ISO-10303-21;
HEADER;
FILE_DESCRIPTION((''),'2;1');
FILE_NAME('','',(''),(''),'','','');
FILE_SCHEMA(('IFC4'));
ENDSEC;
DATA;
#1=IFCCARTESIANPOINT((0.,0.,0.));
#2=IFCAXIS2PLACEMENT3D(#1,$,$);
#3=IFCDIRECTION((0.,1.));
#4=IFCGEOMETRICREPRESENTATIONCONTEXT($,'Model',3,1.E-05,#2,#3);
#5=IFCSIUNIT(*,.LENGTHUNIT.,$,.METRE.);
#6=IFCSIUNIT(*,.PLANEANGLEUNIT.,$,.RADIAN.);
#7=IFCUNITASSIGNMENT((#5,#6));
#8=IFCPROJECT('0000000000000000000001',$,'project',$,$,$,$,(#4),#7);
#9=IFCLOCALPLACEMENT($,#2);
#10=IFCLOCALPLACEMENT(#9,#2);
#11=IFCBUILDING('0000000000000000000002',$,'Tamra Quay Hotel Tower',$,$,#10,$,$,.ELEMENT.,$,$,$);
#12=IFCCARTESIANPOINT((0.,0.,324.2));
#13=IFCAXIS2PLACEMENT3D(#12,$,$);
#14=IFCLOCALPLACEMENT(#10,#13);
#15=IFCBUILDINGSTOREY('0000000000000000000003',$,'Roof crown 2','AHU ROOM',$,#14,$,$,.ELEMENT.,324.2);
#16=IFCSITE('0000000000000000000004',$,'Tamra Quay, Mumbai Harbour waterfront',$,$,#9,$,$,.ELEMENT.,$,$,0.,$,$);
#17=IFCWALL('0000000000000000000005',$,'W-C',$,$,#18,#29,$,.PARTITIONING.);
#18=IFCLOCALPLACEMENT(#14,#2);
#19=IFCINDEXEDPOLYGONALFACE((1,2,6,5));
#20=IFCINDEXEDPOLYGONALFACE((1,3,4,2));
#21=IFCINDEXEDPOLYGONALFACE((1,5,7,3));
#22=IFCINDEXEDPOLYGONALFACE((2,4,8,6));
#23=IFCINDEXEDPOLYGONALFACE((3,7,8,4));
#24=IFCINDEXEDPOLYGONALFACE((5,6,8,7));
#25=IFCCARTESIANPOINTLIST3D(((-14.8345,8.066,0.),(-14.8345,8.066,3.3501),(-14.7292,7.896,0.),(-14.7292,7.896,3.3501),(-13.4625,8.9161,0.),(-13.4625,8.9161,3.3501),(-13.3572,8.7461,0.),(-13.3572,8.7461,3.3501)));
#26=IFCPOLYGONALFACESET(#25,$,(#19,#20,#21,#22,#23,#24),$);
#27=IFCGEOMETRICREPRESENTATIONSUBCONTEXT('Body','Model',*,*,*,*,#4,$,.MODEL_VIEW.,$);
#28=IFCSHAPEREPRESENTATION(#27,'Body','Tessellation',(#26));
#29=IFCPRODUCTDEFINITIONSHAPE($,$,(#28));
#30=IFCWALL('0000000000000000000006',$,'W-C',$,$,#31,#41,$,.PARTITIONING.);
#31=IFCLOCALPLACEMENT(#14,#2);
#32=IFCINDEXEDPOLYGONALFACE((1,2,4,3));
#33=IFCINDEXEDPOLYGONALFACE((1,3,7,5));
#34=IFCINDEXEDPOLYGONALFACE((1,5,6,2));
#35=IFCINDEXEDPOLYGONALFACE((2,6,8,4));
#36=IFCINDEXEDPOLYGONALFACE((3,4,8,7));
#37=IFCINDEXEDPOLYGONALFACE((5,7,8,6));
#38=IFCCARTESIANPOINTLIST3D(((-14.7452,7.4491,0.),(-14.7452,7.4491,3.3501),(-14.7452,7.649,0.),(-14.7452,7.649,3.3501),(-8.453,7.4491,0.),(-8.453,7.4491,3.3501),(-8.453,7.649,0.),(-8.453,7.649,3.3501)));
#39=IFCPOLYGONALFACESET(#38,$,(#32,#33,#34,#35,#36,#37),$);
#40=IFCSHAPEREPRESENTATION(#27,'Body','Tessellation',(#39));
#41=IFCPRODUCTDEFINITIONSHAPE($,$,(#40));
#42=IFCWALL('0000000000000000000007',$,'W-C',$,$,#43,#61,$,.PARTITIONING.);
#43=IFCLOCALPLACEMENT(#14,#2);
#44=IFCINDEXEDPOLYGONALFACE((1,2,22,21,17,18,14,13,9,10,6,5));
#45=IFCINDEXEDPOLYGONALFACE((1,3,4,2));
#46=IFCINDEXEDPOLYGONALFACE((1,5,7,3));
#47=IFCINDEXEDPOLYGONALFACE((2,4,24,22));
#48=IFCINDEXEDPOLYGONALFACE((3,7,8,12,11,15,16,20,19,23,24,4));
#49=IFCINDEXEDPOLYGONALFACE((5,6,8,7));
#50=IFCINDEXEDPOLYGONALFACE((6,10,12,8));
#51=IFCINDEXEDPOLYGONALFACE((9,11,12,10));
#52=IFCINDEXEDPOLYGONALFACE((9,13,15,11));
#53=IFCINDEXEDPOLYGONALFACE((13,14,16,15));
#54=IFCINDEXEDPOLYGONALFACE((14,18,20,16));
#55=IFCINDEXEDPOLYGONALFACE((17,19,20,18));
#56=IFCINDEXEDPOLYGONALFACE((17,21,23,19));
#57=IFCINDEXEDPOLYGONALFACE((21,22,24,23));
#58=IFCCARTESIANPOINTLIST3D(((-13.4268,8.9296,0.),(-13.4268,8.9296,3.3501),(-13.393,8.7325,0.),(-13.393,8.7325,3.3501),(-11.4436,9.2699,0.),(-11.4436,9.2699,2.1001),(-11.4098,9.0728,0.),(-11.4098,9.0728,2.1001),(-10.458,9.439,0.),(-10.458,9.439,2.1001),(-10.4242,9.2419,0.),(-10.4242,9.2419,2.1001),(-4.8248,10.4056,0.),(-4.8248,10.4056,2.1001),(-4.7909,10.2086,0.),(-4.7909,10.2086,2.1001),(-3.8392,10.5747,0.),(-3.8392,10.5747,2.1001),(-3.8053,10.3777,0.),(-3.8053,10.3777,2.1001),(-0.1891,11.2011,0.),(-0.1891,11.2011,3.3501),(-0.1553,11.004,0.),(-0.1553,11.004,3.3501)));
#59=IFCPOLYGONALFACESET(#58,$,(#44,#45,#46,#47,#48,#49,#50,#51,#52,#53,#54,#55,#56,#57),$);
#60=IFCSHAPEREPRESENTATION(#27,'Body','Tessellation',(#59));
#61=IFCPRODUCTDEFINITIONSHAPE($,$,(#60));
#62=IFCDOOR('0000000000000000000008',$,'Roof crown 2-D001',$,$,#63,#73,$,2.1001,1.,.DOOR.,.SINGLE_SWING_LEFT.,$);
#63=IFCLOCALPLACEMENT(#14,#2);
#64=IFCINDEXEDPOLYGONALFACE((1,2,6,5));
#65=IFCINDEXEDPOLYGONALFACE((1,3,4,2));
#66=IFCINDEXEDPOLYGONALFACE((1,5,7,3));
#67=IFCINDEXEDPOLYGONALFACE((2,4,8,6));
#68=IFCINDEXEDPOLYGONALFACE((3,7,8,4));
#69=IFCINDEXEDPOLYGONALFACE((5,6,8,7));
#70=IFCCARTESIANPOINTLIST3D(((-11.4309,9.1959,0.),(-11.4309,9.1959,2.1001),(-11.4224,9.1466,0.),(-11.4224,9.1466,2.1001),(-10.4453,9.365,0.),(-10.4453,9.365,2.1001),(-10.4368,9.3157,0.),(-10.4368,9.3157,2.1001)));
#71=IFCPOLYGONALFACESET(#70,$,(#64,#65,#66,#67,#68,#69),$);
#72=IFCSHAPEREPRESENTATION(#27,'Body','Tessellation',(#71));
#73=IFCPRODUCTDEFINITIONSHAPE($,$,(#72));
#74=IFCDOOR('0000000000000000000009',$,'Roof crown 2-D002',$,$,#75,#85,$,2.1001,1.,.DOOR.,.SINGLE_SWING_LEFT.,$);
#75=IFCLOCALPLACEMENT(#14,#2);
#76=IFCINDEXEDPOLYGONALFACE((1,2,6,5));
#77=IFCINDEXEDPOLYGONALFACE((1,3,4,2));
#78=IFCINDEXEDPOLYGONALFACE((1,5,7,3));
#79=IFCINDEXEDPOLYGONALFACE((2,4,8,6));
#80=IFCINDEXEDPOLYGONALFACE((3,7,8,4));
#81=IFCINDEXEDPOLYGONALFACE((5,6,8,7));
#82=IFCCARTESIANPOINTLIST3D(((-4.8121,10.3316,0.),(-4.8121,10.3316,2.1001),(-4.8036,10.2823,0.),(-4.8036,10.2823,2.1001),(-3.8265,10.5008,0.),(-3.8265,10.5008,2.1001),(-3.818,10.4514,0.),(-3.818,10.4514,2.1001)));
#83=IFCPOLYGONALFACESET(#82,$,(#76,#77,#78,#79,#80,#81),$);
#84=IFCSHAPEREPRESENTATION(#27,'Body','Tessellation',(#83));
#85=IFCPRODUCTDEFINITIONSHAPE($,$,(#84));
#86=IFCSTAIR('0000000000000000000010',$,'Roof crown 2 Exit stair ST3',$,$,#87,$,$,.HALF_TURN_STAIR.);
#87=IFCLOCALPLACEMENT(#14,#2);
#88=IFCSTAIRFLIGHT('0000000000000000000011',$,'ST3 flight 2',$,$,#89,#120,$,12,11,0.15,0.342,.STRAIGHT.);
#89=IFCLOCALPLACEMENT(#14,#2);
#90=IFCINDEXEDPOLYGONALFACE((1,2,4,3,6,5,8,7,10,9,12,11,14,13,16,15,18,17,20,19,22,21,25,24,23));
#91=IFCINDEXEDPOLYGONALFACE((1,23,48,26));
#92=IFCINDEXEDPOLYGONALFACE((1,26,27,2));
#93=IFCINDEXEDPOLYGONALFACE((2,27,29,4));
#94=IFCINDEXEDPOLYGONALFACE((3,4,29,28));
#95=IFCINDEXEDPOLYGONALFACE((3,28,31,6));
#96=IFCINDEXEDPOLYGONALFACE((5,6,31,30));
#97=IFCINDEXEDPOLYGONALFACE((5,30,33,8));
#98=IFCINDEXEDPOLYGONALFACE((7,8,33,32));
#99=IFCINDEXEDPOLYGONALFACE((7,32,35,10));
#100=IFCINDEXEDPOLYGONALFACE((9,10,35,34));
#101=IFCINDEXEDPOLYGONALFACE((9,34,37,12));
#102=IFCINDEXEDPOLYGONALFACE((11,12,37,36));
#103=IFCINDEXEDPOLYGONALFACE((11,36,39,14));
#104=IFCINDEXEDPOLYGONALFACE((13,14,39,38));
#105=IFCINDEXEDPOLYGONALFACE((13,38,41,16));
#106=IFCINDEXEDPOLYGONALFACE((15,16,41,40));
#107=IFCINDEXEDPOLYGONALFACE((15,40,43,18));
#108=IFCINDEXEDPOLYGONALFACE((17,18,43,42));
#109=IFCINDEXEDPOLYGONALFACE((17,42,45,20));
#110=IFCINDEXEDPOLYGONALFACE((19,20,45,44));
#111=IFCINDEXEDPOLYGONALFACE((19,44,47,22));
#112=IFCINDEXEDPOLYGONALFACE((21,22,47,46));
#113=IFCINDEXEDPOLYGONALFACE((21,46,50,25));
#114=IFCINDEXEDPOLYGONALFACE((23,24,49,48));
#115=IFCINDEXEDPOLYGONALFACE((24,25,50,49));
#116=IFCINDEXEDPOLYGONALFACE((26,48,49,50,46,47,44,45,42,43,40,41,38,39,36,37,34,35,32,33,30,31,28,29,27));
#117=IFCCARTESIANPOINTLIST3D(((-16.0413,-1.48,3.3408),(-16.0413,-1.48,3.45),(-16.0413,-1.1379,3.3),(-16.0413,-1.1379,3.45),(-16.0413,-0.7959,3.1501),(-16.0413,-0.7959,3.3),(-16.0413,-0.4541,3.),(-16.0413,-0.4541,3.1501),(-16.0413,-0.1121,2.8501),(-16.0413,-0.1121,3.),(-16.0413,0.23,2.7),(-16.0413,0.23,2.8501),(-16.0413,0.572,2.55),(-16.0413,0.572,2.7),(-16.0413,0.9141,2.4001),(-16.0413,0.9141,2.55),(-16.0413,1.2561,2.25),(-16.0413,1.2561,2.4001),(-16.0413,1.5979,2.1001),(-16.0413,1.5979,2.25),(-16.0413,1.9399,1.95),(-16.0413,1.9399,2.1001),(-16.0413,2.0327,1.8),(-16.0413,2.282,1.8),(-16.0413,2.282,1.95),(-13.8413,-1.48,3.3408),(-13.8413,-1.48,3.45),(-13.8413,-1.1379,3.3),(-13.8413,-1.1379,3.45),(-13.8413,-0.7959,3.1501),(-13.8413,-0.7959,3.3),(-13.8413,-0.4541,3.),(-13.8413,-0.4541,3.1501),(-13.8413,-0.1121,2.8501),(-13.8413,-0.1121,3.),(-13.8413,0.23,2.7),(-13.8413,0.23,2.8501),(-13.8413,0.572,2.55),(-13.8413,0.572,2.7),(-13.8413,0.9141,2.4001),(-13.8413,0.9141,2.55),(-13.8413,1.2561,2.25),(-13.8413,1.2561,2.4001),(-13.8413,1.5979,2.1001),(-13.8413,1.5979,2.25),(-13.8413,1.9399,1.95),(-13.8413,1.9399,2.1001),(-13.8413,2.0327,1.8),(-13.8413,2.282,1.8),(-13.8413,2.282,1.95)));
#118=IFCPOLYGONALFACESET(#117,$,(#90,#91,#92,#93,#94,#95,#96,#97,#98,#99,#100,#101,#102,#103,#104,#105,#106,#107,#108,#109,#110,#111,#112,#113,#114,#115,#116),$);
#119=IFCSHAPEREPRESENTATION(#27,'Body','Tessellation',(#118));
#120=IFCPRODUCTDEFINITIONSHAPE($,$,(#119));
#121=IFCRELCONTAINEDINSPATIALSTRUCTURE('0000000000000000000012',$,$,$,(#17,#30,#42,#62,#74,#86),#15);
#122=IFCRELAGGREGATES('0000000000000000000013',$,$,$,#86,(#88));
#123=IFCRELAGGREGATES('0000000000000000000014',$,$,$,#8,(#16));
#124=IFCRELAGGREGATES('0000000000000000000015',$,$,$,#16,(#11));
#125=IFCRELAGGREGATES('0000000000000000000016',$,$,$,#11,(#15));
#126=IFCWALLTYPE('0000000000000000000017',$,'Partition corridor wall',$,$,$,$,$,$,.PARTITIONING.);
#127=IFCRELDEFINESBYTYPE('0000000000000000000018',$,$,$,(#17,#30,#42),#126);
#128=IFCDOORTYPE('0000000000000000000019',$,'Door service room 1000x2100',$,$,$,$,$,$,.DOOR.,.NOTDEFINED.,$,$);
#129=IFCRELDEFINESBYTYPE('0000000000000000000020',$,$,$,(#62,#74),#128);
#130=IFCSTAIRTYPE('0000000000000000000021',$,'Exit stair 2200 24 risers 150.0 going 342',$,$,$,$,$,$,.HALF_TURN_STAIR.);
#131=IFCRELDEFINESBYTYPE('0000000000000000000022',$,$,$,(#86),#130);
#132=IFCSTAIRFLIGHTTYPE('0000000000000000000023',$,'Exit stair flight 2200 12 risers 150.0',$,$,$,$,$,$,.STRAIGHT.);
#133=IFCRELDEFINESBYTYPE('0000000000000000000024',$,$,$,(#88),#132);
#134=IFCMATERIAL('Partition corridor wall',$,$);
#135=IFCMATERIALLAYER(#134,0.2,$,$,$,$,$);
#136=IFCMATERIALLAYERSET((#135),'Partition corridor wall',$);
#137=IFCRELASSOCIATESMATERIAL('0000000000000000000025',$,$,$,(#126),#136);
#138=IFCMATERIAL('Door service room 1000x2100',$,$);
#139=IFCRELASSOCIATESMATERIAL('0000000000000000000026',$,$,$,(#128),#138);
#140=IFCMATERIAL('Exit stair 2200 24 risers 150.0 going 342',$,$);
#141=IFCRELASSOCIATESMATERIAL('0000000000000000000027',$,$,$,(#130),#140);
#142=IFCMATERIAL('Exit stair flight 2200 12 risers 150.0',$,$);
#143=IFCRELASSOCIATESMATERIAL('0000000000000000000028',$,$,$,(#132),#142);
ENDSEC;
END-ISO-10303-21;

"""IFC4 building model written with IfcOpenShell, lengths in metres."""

from ifc_helpers import new_model, si_unit, direction, frame, frame_2d, origin, place, context, subcontext, project, spatial, polyline, rectangle, outline, extrude, material, layer, layer_set, type_object, element, fill, aggregate, save


model = new_model("IFC4")

# Units and contexts
model_context = context("Model", 3, precision=1e-05, world=origin(), true_north=direction((0.0, 1.0)))
body_context = subcontext(model_context, "Body", "Model", "MODEL_VIEW")
ifc_project = project(units=[si_unit("LENGTHUNIT", "METRE"), si_unit("PLANEANGLEUNIT", "RADIAN")], contexts=[model_context])

# Site, building, storey
site_placement = place(None, origin())
site = spatial("IfcSite", under=ifc_project, at=site_placement, Name="Tamra Quay, Mumbai Harbour waterfront", CompositionType="ELEMENT", RefElevation=0.0)
building_placement = place(site_placement, origin())
building = spatial("IfcBuilding", under=site, at=building_placement, Name="Tamra Quay Hotel Tower", CompositionType="ELEMENT")
storey_placement = place(building_placement, frame((0.0, 0.0, 324.2)))
storey = spatial("IfcBuildingStorey", under=building, at=storey_placement, Name="Roof crown 2", Description="AHU ROOM", CompositionType="ELEMENT", Elevation=324.2)

# Walls
ifc_material_1 = material(Name="Partition corridor wall")
ifc_layer_1 = layer(ifc_material_1, 0.2)
ifc_layer_set_1 = layer_set([ifc_layer_1], Name="Partition corridor wall")
wall_type_1 = type_object("IfcWallType", Name="Partition corridor wall", PredefinedType="PARTITIONING", material=ifc_layer_set_1)
wall_1_placement = place(storey_placement, frame((-14.782, 7.981, 0.0), z_axis=(0.0, 0.0, 1.0), x_axis=(0.850065, 0.526677, 0.0)))
element("IfcWall", 1, at=wall_1_placement, inside=storey, type_object=wall_type_1, Name="W-C", PredefinedType="PARTITIONING", context=body_context, shape_type="SweptSolid", body=[
    extrude(rectangle(XDim=1.614, YDim=0.2, at=frame_2d((0.8071, 0.0))), origin(), (0.0, 0.0, 1.0), 3.3501),
])
wall_2_placement = place(storey_placement, frame((-14.7451, 7.5491, 0.0), z_axis=(0.0, 0.0, 1.0), x_axis=(1.0, 0.0, 0.0)))
element("IfcWall", 2, at=wall_2_placement, inside=storey, type_object=wall_type_1, Name="W-C", PredefinedType="PARTITIONING", context=body_context, shape_type="SweptSolid", body=[
    extrude(rectangle(XDim=6.2922, YDim=0.2, at=frame_2d((3.146, 0.0))), origin(), (0.0, 0.0, 1.0), 3.3501),
])

# Wall, openings, doors
wall_3_placement = place(storey_placement, frame((-13.4099, 8.8311, 0.0), z_axis=(0.0, 0.0, 1.0), x_axis=(0.985596, 0.169119, 0.0)))
wall_3 = element("IfcWall", 3, at=wall_3_placement, inside=storey, type_object=wall_type_1, Name="W-C", PredefinedType="PARTITIONING", context=body_context, shape_type="SweptSolid", body=[
    extrude(rectangle(XDim=13.4312, YDim=0.2, at=frame_2d((6.7156, 0.0))), origin(), (0.0, 0.0, 1.0), 3.3501),
])
opening_1_placement = place(wall_3_placement, frame((2.0122, 0.0, 0.0)))
opening_1 = element("IfcOpeningElement", 4, at=opening_1_placement, cuts=wall_3, PredefinedType="OPENING", context=body_context, shape_type="SweptSolid", body=[
    extrude(rectangle(XDim=1.0, YDim=2.1001, at=frame_2d((0.5, 1.05))), frame((0.0, 0.1099, 0.0), z_axis=(0.0, -1.0, 0.0), x_axis=(1.0, 0.0, 0.0)), (0.0, 0.0, 1.0), 0.22),
])
opening_2_placement = place(wall_3_placement, frame((8.7278, 0.0, 0.0)))
opening_2 = element("IfcOpeningElement", 5, at=opening_2_placement, cuts=wall_3, PredefinedType="OPENING", context=body_context, shape_type="SweptSolid", body=[
    extrude(rectangle(XDim=1.0, YDim=2.1001, at=frame_2d((0.5, 1.05))), frame((0.0, 0.1099, 0.0), z_axis=(0.0, -1.0, 0.0), x_axis=(1.0, 0.0, 0.0)), (0.0, 0.0, 1.0), 0.22),
])
ifc_material_2 = material(Name="Door service room 1000x2100")
door_type_1 = type_object("IfcDoorType", Name="Door service room 1000x2100", OperationType="NOTDEFINED", PredefinedType="DOOR", material=ifc_material_2)
door_1_placement = place(opening_1_placement, origin())
door_1 = element("IfcDoor", 6, at=door_1_placement, inside=storey, type_object=door_type_1, Name="Roof crown 2-D001", OperationType="SINGLE_SWING_LEFT", OverallHeight=2.1001, OverallWidth=1.0, PredefinedType="DOOR", context=body_context, shape_type="SweptSolid", body=[
    extrude(rectangle(XDim=1.0, YDim=2.1001, at=frame_2d((0.5, 1.05))), frame((0.0, 0.0249, 0.0), z_axis=(0.0, -1.0, 0.0), x_axis=(1.0, 0.0, 0.0)), (0.0, 0.0, 1.0), 0.05),
])
fill(opening_1, door_1)
door_2_placement = place(opening_2_placement, origin())
door_2 = element("IfcDoor", 7, at=door_2_placement, inside=storey, type_object=door_type_1, Name="Roof crown 2-D002", OperationType="SINGLE_SWING_LEFT", OverallHeight=2.1001, OverallWidth=1.0, PredefinedType="DOOR", context=body_context, shape_type="SweptSolid", body=[
    extrude(rectangle(XDim=1.0, YDim=2.1001, at=frame_2d((0.5, 1.05))), frame((0.0, 0.0249, 0.0), z_axis=(0.0, -1.0, 0.0), x_axis=(1.0, 0.0, 0.0)), (0.0, 0.0, 1.0), 0.05),
])
fill(opening_2, door_2)

# Stair, stair flight
ifc_material_3 = material(Name="Exit stair 2200 24 risers 150.0 going 342")
stair_type = type_object("IfcStairType", Name="Exit stair 2200 24 risers 150.0 going 342", PredefinedType="HALF_TURN_STAIR", material=ifc_material_3)
stair_placement = place(storey_placement, origin())
stair = element("IfcStair", 8, at=stair_placement, inside=storey, type_object=stair_type, Name="Roof crown 2 Exit stair ST3", PredefinedType="HALF_TURN_STAIR")
ifc_material_4 = material(Name="Exit stair flight 2200 12 risers 150.0")
stair_flight_type = type_object("IfcStairFlightType", Name="Exit stair flight 2200 12 risers 150.0", PredefinedType="STRAIGHT", material=ifc_material_4)
stair_flight_placement = place(storey_placement, frame((-14.9414, 2.282, 1.8), z_axis=(0.0, 0.0, 1.0), x_axis=(0.0, -1.0, 0.0)))
stair_flight = element("IfcStairFlight", 9, at=stair_flight_placement, type_object=stair_flight_type, Name="ST3 flight 2", NumberOfRisers=12, NumberOfTreads=11, PredefinedType="STRAIGHT", RiserHeight=0.15, TreadLength=0.342, context=body_context, shape_type="SweptSolid", body=[
    extrude(outline(polyline([(0.0, 0.0), (0.0, 0.1499), (0.342, 0.1499), (0.342, 0.3), (0.6841, 0.3), (0.6841, 0.45), (1.0259, 0.45), (1.0259, 0.6001), (1.3679, 0.6001), (1.3679, 0.75), (1.71, 0.75), (1.71, 0.8999), (2.052, 0.8999), (2.052, 1.05), (2.394, 1.05), (2.394, 1.2), (2.7361, 1.2), (2.7361, 1.3501), (3.0779, 1.3501), (3.0779, 1.5), (3.4199, 1.5), (3.4199, 1.6499), (3.762, 1.6499), (3.762, 1.8), (3.762, 1.5408), (0.2493, 0.0), (0.0, 0.0)])), frame((0.0, 1.1001, 0.0), z_axis=(0.0, -1.0, 0.0), x_axis=(1.0, 0.0, 0.0)), (0.0, 0.0, 1.0), 2.2),
])
aggregate(stair, [stair_flight])

save(model, "model.ifc")
